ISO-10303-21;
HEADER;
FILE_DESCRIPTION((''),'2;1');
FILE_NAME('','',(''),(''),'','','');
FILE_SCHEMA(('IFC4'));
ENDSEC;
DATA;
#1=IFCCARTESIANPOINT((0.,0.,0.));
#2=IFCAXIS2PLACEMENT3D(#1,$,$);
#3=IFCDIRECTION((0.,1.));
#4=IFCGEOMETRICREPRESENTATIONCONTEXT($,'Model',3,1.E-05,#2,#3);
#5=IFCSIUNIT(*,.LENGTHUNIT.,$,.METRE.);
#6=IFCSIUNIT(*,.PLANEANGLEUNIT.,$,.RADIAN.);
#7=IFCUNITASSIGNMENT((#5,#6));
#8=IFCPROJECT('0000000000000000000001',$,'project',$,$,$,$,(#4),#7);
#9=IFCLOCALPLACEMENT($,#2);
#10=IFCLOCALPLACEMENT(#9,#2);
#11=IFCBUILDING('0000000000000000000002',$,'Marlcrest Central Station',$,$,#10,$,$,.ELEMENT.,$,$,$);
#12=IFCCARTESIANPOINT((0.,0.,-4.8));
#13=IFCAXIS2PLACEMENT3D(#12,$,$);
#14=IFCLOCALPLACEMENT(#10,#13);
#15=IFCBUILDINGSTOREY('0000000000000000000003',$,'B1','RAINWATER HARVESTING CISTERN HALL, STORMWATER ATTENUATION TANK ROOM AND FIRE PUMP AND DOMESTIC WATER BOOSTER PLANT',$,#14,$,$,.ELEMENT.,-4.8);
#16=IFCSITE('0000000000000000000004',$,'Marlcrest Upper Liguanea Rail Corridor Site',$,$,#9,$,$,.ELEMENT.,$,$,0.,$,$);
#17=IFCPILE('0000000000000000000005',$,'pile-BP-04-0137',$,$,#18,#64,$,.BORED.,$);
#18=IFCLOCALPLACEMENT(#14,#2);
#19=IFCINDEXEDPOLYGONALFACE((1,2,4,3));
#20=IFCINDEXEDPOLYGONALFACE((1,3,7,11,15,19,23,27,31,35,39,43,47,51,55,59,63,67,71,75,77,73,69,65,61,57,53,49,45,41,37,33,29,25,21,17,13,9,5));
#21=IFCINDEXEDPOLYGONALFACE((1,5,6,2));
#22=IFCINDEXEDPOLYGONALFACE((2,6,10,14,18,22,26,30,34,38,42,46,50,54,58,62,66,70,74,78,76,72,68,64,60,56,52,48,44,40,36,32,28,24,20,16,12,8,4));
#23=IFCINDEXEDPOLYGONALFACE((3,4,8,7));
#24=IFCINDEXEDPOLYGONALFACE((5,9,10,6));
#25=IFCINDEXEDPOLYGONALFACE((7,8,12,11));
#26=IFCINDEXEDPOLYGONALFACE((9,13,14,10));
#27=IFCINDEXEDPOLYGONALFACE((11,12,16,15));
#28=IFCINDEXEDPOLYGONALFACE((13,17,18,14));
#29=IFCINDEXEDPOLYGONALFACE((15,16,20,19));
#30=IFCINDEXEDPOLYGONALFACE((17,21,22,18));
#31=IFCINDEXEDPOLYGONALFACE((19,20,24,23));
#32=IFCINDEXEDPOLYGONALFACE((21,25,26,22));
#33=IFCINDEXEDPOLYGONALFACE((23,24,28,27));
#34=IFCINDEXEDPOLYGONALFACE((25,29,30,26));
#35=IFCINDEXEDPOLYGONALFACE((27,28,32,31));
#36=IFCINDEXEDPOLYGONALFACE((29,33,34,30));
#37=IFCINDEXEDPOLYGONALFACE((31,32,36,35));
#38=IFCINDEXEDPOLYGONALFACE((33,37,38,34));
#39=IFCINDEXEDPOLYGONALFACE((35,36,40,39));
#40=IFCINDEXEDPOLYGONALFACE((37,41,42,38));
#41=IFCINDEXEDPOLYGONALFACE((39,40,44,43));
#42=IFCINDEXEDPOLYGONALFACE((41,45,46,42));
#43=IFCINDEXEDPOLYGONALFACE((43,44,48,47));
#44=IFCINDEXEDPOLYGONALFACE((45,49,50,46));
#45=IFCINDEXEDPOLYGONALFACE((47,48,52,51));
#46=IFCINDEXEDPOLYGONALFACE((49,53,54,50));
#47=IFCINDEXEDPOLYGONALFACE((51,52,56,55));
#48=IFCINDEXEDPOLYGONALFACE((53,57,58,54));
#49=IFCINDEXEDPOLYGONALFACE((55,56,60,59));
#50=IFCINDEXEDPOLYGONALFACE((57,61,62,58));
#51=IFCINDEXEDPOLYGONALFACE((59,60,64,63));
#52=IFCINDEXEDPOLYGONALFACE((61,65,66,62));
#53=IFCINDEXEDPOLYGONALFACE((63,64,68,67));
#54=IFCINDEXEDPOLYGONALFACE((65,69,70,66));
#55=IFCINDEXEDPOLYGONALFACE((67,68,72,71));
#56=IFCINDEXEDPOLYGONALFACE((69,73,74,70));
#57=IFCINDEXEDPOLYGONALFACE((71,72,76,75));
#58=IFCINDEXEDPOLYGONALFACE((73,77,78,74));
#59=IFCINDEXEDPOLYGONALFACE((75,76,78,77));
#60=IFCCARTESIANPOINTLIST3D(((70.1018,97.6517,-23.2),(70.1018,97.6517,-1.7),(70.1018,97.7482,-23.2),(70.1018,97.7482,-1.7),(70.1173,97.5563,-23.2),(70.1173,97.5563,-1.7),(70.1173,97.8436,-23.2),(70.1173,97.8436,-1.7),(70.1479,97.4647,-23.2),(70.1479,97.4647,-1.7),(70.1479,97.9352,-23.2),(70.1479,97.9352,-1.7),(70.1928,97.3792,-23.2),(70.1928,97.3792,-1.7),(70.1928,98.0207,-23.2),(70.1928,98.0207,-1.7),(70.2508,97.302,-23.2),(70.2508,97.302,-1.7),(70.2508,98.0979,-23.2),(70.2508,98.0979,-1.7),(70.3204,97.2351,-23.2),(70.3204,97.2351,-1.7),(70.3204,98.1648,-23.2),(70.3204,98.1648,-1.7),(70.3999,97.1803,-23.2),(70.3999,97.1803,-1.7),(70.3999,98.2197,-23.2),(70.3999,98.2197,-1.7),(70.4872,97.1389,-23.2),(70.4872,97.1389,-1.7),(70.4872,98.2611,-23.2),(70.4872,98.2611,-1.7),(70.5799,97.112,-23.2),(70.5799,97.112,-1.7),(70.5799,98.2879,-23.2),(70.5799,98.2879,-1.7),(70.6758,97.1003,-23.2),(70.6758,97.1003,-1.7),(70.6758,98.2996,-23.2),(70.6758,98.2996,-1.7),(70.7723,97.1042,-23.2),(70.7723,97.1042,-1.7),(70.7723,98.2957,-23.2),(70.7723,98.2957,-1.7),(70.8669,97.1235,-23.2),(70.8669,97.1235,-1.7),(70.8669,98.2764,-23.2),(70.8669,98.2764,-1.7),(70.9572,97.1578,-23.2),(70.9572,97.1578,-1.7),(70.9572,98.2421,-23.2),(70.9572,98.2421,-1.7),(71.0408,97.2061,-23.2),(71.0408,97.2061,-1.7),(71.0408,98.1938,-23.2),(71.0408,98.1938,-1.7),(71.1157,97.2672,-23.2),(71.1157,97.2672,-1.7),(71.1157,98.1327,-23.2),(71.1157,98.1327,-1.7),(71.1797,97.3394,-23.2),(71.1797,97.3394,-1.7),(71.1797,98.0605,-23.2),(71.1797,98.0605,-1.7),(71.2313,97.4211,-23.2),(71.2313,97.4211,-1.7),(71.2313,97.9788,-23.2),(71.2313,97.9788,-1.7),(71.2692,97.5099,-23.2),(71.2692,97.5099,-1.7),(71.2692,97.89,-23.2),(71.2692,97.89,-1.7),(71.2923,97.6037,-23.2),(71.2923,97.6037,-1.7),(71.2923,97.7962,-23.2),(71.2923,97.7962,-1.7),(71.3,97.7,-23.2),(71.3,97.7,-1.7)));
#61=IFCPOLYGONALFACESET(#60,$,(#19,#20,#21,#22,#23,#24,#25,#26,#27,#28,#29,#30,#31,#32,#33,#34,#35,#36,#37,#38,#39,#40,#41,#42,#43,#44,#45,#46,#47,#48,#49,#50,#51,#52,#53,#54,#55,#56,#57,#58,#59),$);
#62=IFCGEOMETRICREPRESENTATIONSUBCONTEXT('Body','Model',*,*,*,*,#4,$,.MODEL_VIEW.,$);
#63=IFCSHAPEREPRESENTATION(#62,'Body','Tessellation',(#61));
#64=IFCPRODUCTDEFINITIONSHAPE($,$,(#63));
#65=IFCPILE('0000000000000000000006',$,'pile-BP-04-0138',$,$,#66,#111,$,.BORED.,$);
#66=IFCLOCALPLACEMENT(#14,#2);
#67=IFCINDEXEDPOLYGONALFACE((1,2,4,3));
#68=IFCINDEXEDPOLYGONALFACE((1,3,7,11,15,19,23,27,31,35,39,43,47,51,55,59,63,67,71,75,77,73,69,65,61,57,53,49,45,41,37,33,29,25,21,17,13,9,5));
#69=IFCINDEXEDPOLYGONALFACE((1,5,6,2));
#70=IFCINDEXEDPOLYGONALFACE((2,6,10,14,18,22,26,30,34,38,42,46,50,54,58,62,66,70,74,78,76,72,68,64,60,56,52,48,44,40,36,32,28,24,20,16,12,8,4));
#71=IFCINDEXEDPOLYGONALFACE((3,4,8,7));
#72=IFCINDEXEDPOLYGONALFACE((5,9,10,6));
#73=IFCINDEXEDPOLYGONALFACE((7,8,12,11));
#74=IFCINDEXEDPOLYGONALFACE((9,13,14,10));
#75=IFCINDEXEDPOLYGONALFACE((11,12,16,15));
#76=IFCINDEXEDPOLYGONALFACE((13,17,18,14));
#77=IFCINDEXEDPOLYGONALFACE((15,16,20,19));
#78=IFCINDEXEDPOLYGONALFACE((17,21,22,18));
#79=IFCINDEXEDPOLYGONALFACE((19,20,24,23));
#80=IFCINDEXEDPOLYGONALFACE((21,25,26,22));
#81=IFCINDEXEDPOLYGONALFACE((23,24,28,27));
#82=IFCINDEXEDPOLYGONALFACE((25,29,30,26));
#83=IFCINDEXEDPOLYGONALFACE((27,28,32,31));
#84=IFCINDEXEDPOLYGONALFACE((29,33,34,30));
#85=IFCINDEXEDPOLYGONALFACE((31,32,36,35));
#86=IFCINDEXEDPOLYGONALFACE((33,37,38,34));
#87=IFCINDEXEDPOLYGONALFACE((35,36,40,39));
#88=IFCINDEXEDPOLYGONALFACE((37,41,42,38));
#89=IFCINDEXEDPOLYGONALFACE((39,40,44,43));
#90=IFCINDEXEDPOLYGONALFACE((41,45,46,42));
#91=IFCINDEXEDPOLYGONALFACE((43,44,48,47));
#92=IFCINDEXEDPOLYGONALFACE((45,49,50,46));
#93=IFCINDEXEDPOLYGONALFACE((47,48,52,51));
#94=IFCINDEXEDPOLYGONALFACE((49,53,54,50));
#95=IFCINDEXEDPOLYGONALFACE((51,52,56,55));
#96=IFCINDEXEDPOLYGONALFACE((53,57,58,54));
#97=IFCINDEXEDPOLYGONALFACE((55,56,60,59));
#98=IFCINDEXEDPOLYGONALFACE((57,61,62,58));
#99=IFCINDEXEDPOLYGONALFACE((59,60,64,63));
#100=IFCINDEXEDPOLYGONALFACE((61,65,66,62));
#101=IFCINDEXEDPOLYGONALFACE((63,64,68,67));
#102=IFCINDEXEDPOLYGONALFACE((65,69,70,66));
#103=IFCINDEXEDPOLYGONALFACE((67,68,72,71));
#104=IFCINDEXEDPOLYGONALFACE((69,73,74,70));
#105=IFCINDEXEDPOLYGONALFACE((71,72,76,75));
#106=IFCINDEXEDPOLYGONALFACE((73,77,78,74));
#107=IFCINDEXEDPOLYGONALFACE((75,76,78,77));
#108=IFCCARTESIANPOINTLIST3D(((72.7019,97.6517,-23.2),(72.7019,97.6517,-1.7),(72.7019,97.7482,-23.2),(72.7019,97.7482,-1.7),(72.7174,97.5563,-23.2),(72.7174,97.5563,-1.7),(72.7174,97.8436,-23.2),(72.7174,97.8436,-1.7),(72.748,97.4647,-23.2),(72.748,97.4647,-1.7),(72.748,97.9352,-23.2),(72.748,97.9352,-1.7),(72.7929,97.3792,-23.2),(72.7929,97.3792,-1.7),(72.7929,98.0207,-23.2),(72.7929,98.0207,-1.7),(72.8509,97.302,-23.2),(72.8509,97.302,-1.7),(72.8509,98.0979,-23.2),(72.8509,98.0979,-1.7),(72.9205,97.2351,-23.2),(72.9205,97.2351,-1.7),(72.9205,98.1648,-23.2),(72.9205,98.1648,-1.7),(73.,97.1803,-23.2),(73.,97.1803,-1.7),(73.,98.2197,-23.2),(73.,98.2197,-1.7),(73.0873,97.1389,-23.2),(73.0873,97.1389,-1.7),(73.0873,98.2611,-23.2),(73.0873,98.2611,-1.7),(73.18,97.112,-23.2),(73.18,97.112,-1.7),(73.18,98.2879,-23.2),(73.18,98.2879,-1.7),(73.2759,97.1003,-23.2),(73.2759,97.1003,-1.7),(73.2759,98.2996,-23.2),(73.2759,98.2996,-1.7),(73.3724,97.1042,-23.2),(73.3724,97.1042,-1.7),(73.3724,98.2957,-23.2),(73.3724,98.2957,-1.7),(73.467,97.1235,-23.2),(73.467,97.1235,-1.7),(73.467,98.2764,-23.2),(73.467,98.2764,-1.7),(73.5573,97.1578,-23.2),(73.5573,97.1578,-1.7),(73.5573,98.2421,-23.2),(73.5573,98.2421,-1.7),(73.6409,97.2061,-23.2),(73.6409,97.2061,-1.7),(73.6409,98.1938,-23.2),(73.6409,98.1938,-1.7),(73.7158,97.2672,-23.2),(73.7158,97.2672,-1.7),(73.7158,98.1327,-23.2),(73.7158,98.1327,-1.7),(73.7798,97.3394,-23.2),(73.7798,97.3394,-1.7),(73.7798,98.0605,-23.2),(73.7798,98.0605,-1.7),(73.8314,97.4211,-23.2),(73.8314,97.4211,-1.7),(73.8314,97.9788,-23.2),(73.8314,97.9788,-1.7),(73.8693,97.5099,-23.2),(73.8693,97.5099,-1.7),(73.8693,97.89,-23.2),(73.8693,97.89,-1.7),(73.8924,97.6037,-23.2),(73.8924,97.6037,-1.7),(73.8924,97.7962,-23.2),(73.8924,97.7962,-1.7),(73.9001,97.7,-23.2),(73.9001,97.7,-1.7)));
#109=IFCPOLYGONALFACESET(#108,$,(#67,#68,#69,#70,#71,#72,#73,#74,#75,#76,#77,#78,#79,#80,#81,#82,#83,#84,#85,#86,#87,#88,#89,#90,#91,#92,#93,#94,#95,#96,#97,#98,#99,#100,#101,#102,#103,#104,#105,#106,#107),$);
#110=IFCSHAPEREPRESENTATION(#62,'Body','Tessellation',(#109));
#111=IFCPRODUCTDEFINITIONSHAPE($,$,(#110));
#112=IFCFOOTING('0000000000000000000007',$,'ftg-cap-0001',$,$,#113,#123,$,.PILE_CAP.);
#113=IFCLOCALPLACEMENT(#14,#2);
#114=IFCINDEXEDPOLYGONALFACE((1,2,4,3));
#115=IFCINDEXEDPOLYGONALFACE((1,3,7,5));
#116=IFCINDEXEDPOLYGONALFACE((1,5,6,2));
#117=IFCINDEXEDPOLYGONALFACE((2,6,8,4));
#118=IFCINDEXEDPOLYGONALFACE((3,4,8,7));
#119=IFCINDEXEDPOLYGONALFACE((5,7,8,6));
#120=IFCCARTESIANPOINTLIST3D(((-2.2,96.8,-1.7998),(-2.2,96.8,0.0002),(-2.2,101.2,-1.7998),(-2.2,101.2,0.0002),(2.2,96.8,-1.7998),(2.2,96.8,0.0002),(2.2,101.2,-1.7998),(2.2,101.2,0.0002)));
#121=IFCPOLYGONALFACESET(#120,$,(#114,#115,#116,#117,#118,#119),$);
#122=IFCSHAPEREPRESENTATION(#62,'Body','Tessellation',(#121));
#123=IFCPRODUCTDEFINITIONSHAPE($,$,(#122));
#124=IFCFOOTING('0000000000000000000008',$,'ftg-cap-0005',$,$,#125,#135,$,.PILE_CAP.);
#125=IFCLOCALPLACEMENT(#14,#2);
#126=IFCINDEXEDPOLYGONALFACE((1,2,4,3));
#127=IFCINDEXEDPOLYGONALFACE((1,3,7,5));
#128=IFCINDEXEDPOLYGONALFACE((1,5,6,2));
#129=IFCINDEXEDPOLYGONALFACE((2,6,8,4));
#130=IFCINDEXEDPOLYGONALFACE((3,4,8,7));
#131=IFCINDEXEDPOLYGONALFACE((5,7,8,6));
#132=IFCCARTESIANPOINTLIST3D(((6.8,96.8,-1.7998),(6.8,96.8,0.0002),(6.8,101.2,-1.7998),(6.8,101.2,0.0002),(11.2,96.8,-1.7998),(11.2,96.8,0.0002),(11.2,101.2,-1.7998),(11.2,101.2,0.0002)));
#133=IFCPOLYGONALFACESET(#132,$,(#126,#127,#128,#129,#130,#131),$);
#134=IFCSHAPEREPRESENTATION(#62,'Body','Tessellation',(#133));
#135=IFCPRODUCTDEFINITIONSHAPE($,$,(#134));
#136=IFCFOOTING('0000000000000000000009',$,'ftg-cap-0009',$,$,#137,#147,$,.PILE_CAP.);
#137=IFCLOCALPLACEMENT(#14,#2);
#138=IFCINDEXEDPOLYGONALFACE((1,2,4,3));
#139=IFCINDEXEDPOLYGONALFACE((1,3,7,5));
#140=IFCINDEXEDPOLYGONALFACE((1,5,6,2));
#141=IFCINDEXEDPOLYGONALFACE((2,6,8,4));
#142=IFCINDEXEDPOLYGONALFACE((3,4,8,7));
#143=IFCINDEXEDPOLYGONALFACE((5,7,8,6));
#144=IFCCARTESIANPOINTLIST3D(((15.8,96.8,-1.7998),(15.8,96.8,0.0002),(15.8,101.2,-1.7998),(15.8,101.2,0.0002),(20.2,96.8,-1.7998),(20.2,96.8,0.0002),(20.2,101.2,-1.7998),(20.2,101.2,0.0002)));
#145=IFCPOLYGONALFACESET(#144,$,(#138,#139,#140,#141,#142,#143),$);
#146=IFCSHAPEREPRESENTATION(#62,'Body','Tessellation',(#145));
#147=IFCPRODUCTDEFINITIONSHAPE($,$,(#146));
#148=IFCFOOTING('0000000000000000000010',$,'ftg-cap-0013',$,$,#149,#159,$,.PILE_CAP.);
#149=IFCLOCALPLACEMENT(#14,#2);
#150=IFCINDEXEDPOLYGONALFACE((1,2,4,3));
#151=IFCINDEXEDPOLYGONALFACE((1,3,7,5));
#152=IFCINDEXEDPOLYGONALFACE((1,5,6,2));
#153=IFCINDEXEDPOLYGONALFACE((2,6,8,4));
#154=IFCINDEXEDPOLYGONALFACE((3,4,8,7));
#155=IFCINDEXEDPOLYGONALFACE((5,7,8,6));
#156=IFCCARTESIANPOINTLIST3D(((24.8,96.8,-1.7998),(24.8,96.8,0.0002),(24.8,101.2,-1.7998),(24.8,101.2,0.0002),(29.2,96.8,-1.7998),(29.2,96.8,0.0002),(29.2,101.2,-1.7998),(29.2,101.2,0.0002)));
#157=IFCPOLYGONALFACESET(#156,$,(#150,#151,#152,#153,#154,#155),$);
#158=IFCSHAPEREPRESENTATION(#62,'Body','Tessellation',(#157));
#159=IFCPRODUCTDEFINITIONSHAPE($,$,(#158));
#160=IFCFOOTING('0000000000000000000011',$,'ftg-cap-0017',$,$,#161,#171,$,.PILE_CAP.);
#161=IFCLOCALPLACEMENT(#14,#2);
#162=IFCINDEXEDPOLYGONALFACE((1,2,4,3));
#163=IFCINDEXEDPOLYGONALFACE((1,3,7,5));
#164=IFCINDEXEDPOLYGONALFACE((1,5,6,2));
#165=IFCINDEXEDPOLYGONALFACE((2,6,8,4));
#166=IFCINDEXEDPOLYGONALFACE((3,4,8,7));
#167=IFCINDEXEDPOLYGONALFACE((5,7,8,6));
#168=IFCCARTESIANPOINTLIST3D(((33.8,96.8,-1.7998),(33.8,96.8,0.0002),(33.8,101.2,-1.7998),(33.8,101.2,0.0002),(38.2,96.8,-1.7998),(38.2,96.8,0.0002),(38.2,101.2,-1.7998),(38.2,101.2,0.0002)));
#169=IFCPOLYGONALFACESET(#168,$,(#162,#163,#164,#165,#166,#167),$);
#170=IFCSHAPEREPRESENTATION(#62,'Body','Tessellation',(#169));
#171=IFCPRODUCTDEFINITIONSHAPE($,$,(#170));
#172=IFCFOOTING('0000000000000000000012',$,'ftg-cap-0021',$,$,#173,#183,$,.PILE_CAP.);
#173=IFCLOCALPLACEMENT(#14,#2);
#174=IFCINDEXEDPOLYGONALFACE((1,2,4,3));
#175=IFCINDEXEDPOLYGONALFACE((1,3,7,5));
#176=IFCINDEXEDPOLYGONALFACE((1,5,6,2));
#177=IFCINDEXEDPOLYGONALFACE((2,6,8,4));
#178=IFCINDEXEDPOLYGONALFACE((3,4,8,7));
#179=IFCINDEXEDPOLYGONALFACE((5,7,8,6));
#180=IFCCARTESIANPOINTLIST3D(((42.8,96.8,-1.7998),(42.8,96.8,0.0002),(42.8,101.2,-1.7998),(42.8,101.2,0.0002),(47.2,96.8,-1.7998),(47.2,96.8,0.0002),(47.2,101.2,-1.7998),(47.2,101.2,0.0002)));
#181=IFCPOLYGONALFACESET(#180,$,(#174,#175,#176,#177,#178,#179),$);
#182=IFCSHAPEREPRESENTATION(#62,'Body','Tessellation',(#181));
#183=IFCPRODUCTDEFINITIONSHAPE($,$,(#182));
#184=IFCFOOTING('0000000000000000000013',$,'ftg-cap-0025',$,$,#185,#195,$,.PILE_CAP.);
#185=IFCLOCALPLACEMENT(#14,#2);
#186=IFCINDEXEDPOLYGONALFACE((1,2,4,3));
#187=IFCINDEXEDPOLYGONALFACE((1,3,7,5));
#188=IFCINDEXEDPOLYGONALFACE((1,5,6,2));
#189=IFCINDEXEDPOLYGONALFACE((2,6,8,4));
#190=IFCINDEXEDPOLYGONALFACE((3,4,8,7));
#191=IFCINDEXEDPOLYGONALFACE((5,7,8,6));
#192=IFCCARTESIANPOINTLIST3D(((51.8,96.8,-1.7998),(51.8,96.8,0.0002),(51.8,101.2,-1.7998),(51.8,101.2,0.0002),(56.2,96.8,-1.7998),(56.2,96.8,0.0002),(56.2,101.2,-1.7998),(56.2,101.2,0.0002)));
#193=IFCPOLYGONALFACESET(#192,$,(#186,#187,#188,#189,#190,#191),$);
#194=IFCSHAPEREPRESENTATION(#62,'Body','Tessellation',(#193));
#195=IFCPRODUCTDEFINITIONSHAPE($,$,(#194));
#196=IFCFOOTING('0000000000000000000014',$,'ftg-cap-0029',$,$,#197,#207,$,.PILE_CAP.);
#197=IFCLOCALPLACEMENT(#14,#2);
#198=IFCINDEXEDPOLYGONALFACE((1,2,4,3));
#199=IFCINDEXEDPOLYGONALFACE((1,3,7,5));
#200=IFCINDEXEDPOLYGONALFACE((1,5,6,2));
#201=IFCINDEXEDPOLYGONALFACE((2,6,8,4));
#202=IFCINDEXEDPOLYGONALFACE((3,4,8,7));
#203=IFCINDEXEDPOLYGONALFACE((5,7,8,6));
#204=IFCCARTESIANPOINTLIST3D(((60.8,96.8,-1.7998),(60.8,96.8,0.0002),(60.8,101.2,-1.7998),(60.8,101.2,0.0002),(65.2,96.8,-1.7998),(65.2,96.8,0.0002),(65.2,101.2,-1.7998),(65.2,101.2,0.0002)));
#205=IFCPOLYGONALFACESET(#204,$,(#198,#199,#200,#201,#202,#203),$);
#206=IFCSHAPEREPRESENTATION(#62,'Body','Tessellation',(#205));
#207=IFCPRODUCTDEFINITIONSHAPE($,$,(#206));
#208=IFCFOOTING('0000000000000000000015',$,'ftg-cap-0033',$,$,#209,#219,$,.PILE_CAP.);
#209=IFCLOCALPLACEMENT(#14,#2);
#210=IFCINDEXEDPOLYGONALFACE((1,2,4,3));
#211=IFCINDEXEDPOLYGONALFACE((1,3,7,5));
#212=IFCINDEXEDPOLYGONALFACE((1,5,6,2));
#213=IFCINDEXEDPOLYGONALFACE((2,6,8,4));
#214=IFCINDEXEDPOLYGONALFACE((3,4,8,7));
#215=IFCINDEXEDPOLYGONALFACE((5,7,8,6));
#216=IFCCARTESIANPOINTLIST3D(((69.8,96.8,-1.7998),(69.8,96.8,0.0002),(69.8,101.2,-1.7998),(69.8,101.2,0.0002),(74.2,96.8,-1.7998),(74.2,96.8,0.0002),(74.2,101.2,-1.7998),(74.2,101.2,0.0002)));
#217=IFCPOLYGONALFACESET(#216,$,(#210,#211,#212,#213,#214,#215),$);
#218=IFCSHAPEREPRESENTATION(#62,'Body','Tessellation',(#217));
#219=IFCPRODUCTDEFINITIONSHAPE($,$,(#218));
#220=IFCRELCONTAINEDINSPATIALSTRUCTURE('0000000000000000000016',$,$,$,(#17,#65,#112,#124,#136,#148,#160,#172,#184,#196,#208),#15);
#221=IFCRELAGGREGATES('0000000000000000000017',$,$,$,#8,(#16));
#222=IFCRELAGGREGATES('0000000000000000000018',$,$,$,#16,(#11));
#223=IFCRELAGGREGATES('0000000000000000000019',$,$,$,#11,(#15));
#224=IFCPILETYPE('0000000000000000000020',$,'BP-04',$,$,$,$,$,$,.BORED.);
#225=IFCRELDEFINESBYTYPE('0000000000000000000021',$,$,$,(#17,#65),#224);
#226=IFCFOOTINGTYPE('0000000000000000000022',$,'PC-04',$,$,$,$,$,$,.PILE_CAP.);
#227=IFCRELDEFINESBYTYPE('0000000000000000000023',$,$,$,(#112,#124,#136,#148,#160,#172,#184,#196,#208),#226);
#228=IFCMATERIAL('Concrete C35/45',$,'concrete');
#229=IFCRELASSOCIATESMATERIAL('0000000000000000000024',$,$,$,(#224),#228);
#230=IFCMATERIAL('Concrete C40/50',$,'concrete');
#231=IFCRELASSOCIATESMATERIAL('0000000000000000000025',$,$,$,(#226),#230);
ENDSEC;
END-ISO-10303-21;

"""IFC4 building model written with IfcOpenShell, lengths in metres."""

from ifc_helpers import new_model, si_unit, direction, frame, origin, origin_2d, place, context, subcontext, project, spatial, rectangle, circle, extrude, material, material_profile, profile_set, type_object, element, save


model = new_model("IFC4")

# Units and contexts
model_context = context("Model", 3, precision=1e-05, world=origin(), true_north=direction((0.0, 1.0)))
body_context = subcontext(model_context, "Body", "Model", "MODEL_VIEW")
ifc_project = project(units=[si_unit("LENGTHUNIT", "METRE"), si_unit("PLANEANGLEUNIT", "RADIAN")], contexts=[model_context])

# Site, building, storey
site_placement = place(None, origin())
site = spatial("IfcSite", under=ifc_project, at=site_placement, Name="Marlcrest Upper Liguanea Rail Corridor Site", CompositionType="ELEMENT", RefElevation=0.0)
building_placement = place(site_placement, origin())
building = spatial("IfcBuilding", under=site, at=building_placement, Name="Marlcrest Central Station", CompositionType="ELEMENT")
storey_placement = place(building_placement, frame((0.0, 0.0, -4.8)))
storey = spatial("IfcBuildingStorey", under=building, at=storey_placement, Name="B1", Description="RAINWATER HARVESTING CISTERN HALL, STORMWATER ATTENUATION TANK ROOM AND FIRE PUMP AND DOMESTIC WATER BOOSTER PLANT", CompositionType="ELEMENT", Elevation=-4.8)

# Piles
ifc_material_1 = material(Name="Concrete C35/45", Category="concrete")
ifc_material_profile = material_profile(ifc_material_1, circle(Radius=0.6001, at=origin_2d()), Name="PILE D1200")
ifc_profile_set = profile_set([ifc_material_profile], Name="Concrete C35/45")
pile_type = type_object("IfcPileType", Name="BP-04", PredefinedType="BORED", material=ifc_profile_set)
for number, where, z_axis, x_axis, name in (
    (1, (70.7, 97.7, -1.7), (0.0, 0.0, -1.0), (1.0, 0.0, 0.0), "pile-BP-04-0137"),
    (2, (73.3, 97.7, -1.7), (0.0, 0.0, -1.0), (1.0, 0.0, 0.0), "pile-BP-04-0138"),
):
    element("IfcPile", number, at=place(storey_placement, frame(where, z_axis=z_axis, x_axis=x_axis)), inside=storey, type_object=pile_type, Name=name, PredefinedType="BORED", context=body_context, shape_type="SweptSolid", body=[
        extrude(circle(Radius=0.6001, at=origin_2d()), origin(), (0.0, 0.0, 1.0), 21.5),
    ])

# Footings
ifc_material_2 = material(Name="Concrete C40/50", Category="concrete")
footing_type = type_object("IfcFootingType", Name="PC-04", PredefinedType="PILE_CAP", material=ifc_material_2)
for number, where, z_axis, x_axis, name in (
    (3, (0.0, 99.0, -1.7998), (0.0, 0.0, 1.0), (1.0, 0.0, 0.0), "ftg-cap-0001"),
    (4, (9.0, 99.0, -1.7998), (0.0, 0.0, 1.0), (1.0, 0.0, 0.0), "ftg-cap-0005"),
    (5, (18.0, 99.0, -1.7998), (0.0, 0.0, 1.0), (1.0, 0.0, 0.0), "ftg-cap-0009"),
    (6, (27.0, 99.0, -1.7998), (0.0, 0.0, 1.0), (1.0, 0.0, 0.0), "ftg-cap-0013"),
    (7, (36.0, 99.0, -1.7998), (0.0, 0.0, 1.0), (1.0, 0.0, 0.0), "ftg-cap-0017"),
    (8, (45.0, 99.0, -1.7998), (0.0, 0.0, 1.0), (1.0, 0.0, 0.0), "ftg-cap-0021"),
    (9, (54.0, 99.0, -1.7998), (0.0, 0.0, 1.0), (1.0, 0.0, 0.0), "ftg-cap-0025"),
    (10, (63.0, 99.0, -1.7998), (0.0, 0.0, 1.0), (1.0, 0.0, 0.0), "ftg-cap-0029"),
    (11, (72.0, 99.0, -1.7998), (0.0, 0.0, 1.0), (1.0, 0.0, 0.0), "ftg-cap-0033"),
):
    element("IfcFooting", number, at=place(storey_placement, frame(where, z_axis=z_axis, x_axis=x_axis)), inside=storey, type_object=footing_type, Name=name, PredefinedType="PILE_CAP", context=body_context, shape_type="SweptSolid", body=[
        extrude(rectangle(XDim=4.3999, YDim=4.3999, at=origin_2d()), origin(), (0.0, 0.0, 1.0), 1.8),
    ])

save(model, "model.ifc")
